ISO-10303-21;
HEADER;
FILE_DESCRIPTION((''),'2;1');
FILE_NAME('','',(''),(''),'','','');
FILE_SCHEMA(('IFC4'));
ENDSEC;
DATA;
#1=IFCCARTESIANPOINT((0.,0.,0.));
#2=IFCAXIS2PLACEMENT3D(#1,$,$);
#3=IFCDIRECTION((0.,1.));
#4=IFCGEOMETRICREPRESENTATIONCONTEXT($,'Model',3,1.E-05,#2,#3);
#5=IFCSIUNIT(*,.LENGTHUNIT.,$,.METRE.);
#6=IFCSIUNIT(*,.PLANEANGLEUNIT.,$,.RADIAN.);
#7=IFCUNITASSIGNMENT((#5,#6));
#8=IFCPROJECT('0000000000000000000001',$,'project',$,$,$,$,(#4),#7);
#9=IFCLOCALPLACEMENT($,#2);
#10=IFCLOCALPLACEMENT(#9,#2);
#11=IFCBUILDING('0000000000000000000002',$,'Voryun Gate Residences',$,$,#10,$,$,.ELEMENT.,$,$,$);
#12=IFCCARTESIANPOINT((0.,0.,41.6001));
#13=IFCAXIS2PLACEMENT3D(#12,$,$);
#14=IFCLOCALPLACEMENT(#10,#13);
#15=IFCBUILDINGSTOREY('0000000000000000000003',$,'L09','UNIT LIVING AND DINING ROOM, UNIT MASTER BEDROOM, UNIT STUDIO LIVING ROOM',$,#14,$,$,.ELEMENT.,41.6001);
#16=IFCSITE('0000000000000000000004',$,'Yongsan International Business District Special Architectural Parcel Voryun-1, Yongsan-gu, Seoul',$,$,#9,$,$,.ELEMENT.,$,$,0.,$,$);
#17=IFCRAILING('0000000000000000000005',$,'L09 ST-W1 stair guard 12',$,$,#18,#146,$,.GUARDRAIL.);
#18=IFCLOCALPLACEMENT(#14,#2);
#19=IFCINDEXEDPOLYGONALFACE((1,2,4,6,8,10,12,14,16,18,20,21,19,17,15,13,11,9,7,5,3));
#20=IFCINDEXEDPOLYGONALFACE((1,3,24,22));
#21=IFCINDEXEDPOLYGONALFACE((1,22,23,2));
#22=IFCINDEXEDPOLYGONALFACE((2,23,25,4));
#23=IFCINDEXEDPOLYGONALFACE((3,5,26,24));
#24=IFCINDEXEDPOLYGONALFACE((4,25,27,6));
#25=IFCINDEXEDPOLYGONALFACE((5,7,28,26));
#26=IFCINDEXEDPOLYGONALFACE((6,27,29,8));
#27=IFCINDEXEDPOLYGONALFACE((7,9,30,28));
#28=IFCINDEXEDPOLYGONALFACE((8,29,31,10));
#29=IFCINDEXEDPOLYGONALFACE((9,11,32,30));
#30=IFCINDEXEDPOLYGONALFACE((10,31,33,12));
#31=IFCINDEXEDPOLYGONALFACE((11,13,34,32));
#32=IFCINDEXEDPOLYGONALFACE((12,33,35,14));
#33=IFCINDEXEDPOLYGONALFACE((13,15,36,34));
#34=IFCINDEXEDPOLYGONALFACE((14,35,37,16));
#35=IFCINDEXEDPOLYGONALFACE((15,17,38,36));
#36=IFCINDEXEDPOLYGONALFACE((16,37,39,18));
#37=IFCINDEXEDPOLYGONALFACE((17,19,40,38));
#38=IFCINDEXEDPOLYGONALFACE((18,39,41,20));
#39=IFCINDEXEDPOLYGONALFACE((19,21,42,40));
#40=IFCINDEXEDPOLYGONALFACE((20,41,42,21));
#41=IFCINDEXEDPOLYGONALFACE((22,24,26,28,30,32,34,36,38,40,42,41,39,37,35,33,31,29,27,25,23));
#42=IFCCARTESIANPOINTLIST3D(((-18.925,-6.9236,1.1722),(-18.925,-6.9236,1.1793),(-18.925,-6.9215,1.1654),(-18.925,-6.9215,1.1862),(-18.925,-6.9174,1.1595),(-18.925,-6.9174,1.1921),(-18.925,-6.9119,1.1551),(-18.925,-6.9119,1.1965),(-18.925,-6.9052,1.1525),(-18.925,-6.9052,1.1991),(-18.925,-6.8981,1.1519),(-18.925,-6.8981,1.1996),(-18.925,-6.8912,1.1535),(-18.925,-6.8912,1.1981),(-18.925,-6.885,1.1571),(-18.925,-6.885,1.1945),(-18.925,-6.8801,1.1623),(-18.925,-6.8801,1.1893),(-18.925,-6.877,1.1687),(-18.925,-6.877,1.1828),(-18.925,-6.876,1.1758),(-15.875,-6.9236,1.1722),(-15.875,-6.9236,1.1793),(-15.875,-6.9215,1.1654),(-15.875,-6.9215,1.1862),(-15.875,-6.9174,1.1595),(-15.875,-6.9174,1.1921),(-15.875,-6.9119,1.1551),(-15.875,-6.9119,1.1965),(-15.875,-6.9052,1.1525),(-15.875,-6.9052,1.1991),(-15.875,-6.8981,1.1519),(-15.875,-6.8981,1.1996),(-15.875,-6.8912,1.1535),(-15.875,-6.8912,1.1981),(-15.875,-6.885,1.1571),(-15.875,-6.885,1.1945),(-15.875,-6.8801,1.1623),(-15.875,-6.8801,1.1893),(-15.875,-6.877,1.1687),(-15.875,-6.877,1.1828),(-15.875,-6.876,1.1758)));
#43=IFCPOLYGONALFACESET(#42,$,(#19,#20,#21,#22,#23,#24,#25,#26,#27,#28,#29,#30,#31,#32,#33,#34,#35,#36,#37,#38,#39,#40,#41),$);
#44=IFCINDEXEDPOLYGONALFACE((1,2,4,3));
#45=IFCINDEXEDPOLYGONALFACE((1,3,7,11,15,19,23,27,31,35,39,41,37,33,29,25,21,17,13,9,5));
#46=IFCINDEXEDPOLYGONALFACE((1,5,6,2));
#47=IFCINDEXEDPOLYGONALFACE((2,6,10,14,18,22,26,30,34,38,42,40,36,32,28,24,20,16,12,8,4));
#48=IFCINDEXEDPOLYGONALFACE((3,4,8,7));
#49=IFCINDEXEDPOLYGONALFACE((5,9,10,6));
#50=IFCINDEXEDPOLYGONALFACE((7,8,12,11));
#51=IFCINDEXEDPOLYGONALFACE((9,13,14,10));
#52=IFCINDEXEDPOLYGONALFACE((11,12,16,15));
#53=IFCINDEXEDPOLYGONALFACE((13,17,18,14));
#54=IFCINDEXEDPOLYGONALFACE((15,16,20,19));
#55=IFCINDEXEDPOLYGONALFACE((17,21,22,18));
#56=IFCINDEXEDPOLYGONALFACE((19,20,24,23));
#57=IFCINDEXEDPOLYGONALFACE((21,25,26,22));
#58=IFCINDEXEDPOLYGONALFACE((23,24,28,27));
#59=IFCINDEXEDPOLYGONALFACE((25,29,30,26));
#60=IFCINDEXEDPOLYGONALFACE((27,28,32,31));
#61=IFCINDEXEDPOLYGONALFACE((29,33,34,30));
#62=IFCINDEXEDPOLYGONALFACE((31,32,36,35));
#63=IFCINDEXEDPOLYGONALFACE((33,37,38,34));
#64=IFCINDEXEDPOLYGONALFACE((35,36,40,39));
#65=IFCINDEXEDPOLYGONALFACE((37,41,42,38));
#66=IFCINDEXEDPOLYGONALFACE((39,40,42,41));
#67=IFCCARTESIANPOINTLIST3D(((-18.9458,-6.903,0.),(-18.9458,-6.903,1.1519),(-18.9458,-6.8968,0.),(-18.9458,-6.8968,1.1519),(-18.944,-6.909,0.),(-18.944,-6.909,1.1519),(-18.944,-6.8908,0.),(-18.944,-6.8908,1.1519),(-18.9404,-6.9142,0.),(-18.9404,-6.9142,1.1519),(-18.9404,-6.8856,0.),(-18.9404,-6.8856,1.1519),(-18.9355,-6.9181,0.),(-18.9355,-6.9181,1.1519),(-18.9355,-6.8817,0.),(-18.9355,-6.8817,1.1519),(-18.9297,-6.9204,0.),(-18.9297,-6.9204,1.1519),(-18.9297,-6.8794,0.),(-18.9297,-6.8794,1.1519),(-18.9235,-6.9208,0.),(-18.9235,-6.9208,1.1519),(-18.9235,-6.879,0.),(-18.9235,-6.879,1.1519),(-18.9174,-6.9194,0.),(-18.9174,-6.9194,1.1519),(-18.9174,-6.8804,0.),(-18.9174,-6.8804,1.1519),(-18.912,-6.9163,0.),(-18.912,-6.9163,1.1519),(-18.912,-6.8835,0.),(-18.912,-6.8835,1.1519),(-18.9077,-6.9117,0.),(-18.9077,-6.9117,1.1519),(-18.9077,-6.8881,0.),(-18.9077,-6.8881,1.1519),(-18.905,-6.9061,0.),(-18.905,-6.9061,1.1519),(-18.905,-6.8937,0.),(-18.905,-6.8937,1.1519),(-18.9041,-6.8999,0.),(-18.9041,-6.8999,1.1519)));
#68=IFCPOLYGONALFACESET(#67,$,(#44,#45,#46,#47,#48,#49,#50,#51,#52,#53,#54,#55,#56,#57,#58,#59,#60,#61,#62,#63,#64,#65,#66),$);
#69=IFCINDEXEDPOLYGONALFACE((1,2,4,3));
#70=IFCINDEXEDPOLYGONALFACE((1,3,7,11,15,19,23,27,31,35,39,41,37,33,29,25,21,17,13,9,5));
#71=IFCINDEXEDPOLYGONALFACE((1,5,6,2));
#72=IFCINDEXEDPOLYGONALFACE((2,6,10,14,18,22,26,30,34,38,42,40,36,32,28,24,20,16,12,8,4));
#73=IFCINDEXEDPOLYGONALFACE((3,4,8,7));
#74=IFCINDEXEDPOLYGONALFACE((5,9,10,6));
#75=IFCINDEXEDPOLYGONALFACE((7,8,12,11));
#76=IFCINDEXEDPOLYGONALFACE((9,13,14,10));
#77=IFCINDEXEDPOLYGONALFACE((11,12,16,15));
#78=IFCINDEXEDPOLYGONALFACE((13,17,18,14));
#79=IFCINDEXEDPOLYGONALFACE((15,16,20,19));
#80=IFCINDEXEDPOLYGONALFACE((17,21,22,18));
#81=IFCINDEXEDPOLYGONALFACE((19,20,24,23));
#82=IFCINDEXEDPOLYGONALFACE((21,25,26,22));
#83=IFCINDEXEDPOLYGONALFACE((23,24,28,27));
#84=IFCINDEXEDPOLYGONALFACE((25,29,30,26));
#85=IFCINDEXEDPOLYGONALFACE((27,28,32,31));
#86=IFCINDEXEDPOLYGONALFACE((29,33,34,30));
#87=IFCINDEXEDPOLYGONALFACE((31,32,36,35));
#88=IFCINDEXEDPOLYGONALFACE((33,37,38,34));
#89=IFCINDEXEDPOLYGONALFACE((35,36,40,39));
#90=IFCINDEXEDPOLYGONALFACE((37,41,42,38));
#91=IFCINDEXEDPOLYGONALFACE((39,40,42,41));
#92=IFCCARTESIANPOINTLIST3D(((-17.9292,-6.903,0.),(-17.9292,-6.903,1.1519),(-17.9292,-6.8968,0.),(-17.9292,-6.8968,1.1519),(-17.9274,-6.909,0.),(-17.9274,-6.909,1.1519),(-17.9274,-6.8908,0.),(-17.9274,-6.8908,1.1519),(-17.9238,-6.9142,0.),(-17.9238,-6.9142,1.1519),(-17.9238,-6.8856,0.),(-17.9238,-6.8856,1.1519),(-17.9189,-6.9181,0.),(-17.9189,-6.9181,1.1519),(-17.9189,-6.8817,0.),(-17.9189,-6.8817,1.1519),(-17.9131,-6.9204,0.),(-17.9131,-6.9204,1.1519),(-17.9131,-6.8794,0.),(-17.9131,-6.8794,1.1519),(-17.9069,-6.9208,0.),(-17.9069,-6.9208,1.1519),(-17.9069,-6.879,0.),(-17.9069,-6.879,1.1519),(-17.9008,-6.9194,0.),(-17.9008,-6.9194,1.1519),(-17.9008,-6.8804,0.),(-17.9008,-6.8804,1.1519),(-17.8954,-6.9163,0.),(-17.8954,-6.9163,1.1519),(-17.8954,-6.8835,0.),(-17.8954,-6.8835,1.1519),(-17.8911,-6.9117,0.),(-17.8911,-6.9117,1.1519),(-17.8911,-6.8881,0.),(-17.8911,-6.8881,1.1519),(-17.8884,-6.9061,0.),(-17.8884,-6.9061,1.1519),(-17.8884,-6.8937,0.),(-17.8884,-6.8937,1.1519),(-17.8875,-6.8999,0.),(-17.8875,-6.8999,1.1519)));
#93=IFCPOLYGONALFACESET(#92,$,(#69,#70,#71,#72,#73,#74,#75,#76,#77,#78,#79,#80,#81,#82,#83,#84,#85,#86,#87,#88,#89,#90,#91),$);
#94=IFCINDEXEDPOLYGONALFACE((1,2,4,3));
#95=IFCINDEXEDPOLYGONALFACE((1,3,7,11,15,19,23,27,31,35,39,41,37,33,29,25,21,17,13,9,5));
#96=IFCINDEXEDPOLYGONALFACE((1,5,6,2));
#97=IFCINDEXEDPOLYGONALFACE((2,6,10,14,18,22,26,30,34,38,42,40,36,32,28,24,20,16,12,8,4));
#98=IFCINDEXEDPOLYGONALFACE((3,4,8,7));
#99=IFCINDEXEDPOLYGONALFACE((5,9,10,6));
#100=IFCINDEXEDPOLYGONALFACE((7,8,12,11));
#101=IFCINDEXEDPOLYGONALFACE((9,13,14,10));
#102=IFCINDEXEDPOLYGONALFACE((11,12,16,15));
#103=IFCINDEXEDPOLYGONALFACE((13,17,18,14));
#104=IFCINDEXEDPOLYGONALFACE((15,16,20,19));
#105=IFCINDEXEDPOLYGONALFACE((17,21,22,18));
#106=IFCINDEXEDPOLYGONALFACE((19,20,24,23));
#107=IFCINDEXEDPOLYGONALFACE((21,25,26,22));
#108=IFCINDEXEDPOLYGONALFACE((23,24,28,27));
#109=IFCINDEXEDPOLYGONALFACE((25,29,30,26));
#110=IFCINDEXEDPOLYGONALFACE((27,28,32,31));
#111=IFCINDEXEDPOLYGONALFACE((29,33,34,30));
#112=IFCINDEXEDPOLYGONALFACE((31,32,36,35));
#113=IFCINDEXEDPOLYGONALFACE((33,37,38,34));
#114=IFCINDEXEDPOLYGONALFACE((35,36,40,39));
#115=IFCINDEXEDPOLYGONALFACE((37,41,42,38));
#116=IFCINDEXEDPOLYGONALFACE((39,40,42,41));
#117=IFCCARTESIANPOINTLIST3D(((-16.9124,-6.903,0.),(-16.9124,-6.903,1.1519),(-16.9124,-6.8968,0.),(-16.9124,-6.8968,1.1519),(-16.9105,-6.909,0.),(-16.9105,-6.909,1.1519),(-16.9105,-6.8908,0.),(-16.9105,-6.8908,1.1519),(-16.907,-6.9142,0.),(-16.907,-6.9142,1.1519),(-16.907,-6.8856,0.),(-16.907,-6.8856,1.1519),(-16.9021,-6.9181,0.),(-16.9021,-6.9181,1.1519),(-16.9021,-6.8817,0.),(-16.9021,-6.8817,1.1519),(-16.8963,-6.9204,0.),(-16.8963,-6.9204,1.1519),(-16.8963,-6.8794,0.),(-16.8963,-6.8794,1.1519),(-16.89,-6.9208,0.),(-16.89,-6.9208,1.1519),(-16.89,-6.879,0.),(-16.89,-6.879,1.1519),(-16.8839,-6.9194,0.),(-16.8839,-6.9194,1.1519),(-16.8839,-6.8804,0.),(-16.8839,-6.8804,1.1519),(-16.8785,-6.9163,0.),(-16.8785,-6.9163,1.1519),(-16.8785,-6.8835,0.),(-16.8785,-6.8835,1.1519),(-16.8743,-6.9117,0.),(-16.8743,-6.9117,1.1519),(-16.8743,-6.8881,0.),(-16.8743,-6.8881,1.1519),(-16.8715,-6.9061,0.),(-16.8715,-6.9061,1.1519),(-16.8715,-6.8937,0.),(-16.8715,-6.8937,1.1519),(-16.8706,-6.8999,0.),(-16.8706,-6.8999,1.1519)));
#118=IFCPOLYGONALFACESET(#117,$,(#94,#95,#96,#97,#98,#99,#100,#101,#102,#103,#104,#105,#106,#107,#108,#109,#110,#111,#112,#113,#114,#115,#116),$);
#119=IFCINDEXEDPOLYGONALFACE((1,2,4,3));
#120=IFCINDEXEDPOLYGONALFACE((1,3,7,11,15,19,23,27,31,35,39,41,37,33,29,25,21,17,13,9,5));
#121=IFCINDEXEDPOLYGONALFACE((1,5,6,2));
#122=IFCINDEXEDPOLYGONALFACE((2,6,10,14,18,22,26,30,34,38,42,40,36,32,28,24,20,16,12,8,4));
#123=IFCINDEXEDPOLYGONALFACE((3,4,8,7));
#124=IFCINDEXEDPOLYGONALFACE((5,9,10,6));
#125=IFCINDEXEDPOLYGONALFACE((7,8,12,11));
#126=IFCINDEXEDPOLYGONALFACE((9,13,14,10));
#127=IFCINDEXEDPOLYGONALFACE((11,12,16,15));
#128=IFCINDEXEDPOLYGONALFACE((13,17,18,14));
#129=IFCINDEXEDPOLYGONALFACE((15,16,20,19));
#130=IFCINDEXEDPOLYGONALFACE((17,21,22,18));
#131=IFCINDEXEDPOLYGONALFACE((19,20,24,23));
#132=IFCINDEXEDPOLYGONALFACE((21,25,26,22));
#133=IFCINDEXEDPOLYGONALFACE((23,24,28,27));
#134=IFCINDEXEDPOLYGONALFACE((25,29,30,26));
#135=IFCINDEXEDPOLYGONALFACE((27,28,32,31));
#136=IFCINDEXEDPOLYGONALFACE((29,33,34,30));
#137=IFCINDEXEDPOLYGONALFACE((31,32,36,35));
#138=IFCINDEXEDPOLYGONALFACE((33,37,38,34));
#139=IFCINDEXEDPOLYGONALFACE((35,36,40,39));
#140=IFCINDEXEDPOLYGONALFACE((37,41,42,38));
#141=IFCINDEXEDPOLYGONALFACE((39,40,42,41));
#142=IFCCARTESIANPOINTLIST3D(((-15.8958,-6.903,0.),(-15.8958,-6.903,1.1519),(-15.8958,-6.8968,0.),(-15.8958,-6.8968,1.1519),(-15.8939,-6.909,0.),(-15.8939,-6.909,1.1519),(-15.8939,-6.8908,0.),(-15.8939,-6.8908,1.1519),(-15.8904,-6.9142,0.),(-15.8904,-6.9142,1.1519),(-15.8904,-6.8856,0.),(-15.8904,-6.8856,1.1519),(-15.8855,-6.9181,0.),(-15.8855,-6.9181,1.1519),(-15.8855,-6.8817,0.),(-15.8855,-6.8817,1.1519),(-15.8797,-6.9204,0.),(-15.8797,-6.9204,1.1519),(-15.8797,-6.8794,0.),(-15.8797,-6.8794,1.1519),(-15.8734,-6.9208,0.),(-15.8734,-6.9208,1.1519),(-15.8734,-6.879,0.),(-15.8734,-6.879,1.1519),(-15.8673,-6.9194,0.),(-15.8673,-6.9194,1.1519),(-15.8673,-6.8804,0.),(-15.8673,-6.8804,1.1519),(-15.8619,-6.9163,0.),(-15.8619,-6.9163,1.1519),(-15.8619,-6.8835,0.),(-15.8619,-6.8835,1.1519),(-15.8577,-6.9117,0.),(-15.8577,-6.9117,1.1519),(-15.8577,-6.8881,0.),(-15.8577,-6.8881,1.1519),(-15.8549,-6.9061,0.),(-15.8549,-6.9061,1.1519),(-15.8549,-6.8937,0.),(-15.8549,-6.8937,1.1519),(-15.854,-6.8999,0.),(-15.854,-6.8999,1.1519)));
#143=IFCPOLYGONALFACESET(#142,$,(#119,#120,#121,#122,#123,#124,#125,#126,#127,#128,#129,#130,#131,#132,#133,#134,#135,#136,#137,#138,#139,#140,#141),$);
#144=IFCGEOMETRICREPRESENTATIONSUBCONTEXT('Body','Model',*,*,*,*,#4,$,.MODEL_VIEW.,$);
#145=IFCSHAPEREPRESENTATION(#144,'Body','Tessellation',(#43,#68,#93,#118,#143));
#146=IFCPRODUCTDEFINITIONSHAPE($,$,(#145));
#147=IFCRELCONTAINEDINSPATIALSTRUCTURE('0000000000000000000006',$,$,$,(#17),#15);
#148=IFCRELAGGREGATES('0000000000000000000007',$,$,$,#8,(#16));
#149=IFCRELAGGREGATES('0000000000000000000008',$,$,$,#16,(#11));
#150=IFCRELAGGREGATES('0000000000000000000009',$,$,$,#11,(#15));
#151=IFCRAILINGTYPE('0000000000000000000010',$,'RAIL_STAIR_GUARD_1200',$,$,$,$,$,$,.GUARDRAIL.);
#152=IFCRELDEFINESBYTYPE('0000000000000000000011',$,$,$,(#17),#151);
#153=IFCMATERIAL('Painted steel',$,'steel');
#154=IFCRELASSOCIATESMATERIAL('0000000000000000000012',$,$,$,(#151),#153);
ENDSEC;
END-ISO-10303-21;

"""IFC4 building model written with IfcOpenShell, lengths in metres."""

from ifc_helpers import new_model, si_unit, direction, frame, origin, origin_2d, place, context, subcontext, project, spatial, circle, extrude, material, type_object, element, save


model = new_model("IFC4")

# Units and contexts
model_context = context("Model", 3, precision=1e-05, world=origin(), true_north=direction((0.0, 1.0)))
body_context = subcontext(model_context, "Body", "Model", "MODEL_VIEW")
ifc_project = project(units=[si_unit("LENGTHUNIT", "METRE"), si_unit("PLANEANGLEUNIT", "RADIAN")], contexts=[model_context])

# Site, building, storey
site_placement = place(None, origin())
site = spatial("IfcSite", under=ifc_project, at=site_placement, Name="Yongsan International Business District Special Architectural Parcel Voryun-1, Yongsan-gu, Seoul", CompositionType="ELEMENT", RefElevation=0.0)
building_placement = place(site_placement, origin())
building = spatial("IfcBuilding", under=site, at=building_placement, Name="Voryun Gate Residences", CompositionType="ELEMENT")
storey_placement = place(building_placement, frame((0.0, 0.0, 41.6001)))
storey = spatial("IfcBuildingStorey", under=building, at=storey_placement, Name="L09", Description="UNIT LIVING AND DINING ROOM, UNIT MASTER BEDROOM, UNIT STUDIO LIVING ROOM", CompositionType="ELEMENT", Elevation=41.6001)

# Railing
ifc_material_1 = material(Name="Painted steel", Category="steel")
railing_type = type_object("IfcRailingType", Name="RAIL_STAIR_GUARD_1200", PredefinedType="GUARDRAIL", material=ifc_material_1)
railing_1_placement = place(storey_placement, frame((-18.925, -6.8999, 0.0)))
element("IfcRailing", 1, at=railing_1_placement, inside=storey, type_object=railing_type, Name="L09 ST-W1 stair guard 12", PredefinedType="GUARDRAIL", context=body_context, shape_type="SweptSolid", body=[
    extrude(circle(Radius=0.0239, at=origin_2d()), frame((0.0, 0.0, 1.1758), z_axis=(1.0, 0.0, 0.0), x_axis=(0.0, 1.0, 0.0)), (0.0, 0.0, 1.0), 3.05),
    extrude(circle(Radius=0.021, at=origin_2d()), origin(), (0.0, 0.0, 1.0), 1.1519),
    extrude(circle(Radius=0.021, at=origin_2d()), frame((1.0166, 0.0, 0.0)), (0.0, 0.0, 1.0), 1.1519),
    extrude(circle(Radius=0.021, at=origin_2d()), frame((2.0334, 0.0, 0.0)), (0.0, 0.0, 1.0), 1.1519),
    extrude(circle(Radius=0.021, at=origin_2d()), frame((3.05, 0.0, 0.0)), (0.0, 0.0, 1.0), 1.1519),
])

save(model, "model.ifc")
